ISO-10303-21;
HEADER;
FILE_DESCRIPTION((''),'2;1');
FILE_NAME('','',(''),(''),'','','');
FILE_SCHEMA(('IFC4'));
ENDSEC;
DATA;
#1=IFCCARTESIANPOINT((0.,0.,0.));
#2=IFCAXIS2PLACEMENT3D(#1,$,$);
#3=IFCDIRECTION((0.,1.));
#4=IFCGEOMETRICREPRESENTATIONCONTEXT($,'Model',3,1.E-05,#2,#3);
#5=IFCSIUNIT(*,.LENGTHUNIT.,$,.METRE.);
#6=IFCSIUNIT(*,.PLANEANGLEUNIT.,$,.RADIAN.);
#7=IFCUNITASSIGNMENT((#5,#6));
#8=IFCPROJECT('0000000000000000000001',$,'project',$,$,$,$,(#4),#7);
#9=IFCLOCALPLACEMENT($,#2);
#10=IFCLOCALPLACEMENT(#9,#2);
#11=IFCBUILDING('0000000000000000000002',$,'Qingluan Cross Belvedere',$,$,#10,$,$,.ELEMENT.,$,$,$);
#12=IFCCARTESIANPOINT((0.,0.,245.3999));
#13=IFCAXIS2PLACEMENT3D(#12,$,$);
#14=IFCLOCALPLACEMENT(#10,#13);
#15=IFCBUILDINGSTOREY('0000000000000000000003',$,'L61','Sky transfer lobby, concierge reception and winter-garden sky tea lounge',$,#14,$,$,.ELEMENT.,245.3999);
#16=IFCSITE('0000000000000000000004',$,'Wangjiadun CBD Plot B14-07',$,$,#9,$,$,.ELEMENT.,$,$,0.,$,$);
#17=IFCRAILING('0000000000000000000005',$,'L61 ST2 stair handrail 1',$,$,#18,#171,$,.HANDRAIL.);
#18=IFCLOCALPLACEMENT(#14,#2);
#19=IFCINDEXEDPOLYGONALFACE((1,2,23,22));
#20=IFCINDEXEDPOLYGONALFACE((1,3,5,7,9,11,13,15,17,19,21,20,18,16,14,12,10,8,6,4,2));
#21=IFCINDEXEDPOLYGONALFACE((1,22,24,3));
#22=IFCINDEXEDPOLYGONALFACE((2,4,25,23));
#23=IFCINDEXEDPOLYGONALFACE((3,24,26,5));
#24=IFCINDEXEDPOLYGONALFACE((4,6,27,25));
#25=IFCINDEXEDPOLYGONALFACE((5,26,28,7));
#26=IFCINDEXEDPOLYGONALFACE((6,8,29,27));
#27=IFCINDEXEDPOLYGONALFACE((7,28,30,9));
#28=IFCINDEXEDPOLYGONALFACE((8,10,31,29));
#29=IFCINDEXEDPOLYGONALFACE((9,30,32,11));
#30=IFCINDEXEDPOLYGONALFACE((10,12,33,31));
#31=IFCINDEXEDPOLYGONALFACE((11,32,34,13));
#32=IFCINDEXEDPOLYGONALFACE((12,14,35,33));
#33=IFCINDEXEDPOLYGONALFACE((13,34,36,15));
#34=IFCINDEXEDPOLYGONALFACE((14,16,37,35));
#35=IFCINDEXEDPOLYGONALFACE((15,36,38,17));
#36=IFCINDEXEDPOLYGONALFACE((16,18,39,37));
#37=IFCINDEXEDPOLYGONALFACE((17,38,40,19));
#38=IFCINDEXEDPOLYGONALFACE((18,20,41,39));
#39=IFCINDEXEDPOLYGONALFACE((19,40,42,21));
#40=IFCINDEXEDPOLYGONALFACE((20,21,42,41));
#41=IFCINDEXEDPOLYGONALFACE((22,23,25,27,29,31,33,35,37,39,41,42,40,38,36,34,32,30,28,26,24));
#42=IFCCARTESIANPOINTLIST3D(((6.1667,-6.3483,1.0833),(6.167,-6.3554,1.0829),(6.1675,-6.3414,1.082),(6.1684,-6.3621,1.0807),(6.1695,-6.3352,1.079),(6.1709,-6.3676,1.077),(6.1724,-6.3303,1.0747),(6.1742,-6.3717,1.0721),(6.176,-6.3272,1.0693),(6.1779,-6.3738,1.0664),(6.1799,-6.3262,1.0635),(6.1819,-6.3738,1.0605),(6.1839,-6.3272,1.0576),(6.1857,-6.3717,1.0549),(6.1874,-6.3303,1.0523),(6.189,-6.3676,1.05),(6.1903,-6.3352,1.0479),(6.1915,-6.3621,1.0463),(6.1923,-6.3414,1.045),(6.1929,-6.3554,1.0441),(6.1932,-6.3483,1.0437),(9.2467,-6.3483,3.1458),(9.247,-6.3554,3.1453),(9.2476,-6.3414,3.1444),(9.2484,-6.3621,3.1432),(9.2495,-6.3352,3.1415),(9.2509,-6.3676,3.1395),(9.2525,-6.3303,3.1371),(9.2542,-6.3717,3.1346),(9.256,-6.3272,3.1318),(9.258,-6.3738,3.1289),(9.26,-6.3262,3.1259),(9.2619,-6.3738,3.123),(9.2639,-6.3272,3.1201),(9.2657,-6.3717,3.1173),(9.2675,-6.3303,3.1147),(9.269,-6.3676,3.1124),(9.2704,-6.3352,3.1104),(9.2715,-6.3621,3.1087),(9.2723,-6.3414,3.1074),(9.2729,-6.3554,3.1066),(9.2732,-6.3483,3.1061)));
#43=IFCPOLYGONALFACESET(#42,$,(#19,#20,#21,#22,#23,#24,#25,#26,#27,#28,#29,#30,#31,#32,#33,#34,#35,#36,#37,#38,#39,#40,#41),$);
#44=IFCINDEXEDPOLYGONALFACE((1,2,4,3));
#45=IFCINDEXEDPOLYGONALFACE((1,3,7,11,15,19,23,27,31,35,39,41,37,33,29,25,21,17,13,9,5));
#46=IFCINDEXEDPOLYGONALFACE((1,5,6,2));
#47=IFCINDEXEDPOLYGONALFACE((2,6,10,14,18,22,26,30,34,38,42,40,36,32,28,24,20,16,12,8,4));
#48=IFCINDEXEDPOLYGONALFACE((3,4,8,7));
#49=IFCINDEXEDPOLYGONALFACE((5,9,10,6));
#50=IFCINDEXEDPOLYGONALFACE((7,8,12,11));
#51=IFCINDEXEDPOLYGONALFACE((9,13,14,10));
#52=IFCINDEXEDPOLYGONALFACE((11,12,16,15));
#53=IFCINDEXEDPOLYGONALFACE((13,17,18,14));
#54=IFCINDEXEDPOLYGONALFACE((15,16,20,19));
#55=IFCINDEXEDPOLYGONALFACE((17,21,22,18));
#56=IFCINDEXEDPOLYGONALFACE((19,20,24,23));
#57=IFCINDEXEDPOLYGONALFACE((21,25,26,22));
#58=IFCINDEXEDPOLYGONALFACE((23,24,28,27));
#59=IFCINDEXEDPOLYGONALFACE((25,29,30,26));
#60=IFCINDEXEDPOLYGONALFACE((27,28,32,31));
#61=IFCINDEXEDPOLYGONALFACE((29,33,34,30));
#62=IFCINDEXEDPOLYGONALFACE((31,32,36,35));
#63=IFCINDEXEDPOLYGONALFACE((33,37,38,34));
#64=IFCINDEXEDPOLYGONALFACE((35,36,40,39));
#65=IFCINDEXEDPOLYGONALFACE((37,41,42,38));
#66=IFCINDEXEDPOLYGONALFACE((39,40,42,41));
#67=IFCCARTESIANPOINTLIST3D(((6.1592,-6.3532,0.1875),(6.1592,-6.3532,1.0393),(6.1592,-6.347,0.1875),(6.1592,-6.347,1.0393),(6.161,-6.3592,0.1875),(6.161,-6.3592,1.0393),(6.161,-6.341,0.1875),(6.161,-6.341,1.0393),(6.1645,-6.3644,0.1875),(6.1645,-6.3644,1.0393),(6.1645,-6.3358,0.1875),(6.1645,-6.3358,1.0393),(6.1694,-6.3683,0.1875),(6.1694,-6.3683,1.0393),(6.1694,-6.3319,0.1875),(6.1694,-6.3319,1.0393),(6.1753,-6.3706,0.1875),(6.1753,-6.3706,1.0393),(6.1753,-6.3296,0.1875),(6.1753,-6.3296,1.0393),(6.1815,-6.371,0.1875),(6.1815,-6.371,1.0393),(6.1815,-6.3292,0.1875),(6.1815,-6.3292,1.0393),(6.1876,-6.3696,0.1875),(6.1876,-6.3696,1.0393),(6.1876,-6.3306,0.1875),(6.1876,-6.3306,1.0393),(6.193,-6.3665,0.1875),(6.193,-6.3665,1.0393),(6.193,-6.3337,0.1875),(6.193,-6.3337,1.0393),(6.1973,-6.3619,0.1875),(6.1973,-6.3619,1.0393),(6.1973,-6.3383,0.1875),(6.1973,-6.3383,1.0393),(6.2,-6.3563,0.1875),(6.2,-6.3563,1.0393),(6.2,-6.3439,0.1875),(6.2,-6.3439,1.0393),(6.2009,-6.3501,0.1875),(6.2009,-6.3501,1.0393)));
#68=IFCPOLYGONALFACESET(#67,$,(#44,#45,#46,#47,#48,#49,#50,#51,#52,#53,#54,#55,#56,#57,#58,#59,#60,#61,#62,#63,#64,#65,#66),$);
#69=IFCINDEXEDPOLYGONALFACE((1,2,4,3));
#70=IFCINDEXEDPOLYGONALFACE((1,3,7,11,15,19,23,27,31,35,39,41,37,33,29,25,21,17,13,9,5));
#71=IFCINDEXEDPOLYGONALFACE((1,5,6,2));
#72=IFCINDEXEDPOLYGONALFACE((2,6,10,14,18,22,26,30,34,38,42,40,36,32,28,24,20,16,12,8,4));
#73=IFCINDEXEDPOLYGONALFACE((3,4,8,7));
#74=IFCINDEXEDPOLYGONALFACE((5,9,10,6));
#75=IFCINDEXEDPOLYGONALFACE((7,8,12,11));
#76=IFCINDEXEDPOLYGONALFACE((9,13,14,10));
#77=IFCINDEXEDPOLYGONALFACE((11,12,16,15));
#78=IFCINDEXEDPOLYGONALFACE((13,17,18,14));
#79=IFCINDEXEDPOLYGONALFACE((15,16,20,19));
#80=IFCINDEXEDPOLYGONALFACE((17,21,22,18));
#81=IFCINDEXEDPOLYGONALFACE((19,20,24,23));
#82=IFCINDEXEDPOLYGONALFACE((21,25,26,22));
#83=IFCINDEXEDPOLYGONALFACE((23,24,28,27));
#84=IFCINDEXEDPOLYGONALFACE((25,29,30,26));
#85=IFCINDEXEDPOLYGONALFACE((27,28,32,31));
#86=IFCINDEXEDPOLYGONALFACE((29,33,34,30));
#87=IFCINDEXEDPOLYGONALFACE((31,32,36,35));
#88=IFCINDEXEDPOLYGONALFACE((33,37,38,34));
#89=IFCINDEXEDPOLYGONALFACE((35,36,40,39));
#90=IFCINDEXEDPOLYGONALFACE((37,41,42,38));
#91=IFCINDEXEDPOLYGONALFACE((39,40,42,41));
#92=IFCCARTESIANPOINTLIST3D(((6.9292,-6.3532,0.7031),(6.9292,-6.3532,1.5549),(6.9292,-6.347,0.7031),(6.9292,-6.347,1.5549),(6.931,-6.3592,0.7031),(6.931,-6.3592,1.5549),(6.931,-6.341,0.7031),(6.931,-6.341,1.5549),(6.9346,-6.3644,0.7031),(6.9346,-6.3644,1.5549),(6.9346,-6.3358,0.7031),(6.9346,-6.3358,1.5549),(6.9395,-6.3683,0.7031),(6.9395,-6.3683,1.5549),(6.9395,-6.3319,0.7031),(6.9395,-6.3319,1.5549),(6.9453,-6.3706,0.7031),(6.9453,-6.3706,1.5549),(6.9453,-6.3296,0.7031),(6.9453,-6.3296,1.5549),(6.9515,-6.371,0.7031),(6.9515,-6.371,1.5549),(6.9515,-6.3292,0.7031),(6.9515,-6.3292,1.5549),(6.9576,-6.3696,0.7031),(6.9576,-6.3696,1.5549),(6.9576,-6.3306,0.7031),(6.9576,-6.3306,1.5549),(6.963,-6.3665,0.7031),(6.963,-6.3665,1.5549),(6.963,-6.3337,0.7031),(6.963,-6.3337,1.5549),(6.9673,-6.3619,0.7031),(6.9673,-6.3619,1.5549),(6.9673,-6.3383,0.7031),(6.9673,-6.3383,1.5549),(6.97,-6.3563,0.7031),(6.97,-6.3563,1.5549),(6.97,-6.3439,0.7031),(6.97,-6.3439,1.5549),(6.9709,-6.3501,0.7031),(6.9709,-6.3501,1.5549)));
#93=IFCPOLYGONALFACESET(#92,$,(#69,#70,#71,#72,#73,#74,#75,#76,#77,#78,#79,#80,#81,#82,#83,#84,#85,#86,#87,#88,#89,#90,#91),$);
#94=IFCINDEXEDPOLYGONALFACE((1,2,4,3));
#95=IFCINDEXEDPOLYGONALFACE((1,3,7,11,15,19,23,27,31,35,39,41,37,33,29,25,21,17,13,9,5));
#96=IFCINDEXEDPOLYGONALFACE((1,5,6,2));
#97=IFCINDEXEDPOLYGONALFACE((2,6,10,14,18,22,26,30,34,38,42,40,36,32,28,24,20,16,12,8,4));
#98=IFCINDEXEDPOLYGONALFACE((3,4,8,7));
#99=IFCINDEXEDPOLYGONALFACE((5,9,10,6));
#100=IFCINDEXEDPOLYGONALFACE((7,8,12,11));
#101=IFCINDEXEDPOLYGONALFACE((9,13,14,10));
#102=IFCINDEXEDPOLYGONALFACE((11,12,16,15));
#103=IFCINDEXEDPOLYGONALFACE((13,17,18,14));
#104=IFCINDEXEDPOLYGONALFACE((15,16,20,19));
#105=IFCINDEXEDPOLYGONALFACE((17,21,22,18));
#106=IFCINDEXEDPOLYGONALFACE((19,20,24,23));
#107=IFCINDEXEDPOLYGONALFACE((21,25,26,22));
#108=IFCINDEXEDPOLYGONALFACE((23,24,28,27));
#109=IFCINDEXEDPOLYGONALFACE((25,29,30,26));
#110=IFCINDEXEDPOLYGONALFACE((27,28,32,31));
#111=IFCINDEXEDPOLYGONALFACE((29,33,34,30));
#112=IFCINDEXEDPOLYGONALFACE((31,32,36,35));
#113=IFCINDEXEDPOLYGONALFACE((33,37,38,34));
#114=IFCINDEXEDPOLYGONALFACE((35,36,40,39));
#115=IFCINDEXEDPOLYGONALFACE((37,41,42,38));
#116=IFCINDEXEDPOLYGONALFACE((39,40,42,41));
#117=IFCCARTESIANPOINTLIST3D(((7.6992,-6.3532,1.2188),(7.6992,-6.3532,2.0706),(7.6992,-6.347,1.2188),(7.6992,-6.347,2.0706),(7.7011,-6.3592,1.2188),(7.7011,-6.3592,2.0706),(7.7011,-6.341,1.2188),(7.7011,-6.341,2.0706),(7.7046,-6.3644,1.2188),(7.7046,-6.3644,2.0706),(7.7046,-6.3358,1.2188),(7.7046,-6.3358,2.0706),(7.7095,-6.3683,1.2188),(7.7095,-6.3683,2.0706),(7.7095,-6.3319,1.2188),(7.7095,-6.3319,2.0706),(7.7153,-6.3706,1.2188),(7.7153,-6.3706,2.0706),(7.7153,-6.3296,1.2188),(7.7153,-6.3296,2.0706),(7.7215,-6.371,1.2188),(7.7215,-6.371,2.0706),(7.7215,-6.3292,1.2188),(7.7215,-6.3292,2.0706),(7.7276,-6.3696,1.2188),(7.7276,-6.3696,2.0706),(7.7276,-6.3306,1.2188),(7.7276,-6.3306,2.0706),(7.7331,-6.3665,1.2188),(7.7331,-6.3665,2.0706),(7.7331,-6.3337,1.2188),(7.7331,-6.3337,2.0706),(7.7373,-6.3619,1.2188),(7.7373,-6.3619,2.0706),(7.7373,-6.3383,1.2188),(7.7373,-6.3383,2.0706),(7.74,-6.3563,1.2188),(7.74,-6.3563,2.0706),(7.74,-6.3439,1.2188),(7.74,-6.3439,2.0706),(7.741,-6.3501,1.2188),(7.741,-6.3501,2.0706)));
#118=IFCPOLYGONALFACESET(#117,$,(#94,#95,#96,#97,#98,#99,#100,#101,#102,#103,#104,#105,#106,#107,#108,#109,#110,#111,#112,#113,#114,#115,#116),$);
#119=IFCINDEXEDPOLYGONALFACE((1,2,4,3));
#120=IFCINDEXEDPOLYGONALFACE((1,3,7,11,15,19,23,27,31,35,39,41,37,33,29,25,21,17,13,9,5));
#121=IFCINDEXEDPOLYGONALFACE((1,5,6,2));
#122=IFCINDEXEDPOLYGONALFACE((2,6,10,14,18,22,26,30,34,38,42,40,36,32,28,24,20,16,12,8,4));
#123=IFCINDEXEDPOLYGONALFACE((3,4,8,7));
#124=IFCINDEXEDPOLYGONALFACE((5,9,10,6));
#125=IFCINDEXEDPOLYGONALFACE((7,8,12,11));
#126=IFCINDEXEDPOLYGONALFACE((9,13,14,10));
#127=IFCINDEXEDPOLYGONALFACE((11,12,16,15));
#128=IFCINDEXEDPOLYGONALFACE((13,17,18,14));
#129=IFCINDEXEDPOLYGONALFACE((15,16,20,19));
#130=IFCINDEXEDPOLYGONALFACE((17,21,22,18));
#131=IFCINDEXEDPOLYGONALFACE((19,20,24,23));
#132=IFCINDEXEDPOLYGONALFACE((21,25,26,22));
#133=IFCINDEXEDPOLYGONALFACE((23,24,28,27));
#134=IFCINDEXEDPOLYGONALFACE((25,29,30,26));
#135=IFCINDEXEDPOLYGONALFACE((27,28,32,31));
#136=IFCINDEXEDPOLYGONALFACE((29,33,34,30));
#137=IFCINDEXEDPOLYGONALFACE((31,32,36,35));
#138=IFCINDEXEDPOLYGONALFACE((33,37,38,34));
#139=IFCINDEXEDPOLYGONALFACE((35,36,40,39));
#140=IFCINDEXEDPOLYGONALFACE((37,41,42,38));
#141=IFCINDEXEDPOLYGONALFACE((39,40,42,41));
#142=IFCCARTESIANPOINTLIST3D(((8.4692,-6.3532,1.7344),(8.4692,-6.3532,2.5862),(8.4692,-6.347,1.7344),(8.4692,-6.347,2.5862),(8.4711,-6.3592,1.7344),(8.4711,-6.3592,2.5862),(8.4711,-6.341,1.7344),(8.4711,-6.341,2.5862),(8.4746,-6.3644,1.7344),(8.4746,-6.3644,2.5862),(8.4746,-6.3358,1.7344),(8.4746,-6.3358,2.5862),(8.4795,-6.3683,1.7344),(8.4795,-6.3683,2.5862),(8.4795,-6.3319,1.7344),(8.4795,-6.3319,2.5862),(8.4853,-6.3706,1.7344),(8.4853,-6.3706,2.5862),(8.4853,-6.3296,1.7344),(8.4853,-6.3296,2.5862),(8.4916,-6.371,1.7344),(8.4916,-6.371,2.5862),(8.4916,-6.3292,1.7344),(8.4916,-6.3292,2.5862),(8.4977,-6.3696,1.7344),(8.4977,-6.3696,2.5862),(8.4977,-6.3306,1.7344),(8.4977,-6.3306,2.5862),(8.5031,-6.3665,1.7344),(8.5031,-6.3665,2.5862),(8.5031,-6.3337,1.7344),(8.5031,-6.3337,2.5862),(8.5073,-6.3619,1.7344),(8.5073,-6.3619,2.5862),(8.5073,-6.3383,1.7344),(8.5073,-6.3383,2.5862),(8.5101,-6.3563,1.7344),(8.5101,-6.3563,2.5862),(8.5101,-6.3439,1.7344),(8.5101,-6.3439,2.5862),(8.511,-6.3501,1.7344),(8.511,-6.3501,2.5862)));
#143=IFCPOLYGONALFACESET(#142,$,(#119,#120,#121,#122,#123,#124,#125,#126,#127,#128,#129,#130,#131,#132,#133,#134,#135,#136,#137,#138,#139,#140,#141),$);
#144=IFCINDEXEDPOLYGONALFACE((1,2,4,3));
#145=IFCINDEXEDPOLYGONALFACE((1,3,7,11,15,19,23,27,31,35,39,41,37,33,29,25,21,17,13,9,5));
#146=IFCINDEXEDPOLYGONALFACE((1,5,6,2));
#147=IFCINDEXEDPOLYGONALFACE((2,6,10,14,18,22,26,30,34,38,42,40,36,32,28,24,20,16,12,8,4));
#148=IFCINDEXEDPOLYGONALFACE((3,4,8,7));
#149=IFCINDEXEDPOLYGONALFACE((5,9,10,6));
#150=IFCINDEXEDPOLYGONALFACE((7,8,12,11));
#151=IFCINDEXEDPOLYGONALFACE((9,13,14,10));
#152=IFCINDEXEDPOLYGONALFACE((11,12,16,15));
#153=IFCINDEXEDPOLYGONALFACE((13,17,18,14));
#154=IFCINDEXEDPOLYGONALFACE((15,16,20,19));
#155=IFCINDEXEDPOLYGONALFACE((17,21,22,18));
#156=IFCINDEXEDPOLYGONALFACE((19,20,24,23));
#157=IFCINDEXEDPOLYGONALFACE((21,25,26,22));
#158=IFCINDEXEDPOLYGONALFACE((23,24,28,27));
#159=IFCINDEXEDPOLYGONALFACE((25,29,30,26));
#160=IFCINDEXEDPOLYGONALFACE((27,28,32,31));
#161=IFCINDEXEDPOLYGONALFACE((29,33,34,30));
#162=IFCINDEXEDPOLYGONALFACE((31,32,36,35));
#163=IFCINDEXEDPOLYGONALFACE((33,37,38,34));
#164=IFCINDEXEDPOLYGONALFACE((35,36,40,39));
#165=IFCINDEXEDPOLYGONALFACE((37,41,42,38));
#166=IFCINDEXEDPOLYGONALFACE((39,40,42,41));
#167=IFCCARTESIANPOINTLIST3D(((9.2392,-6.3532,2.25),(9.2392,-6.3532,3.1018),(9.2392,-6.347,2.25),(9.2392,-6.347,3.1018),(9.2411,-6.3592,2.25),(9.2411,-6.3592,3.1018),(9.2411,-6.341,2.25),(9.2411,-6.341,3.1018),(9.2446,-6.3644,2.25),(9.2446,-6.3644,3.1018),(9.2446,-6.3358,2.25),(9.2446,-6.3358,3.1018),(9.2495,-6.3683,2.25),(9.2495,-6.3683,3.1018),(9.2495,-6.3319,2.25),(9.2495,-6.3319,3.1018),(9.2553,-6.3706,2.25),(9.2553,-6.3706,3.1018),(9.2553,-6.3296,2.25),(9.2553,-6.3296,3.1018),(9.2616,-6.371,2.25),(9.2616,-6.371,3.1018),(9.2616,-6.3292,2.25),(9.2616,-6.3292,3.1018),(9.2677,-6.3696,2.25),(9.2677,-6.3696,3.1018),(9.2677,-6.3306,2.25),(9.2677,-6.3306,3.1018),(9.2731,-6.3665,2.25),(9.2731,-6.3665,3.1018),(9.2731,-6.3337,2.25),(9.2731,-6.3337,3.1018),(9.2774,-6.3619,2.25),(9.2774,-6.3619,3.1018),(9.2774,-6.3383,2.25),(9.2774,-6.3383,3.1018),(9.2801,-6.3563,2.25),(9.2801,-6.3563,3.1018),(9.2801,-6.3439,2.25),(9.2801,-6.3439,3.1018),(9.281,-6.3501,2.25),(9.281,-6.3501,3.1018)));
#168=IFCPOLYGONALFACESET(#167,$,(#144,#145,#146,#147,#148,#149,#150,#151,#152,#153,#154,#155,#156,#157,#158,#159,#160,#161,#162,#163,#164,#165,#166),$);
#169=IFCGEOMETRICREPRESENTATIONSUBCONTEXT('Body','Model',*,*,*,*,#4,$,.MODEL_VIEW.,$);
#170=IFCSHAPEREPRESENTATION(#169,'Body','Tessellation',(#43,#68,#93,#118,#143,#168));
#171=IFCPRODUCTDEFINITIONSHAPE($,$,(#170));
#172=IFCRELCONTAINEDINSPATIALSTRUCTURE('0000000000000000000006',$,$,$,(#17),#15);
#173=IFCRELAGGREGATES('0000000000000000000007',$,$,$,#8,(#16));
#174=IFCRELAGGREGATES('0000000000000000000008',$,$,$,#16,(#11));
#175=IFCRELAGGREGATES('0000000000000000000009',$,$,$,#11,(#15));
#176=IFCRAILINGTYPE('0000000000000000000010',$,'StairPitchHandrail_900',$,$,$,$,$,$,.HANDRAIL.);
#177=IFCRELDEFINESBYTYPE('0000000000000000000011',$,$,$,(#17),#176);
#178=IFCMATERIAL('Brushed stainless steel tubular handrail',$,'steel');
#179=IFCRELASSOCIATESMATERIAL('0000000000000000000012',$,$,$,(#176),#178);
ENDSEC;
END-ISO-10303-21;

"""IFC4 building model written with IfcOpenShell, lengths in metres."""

from ifc_helpers import new_model, si_unit, direction, frame, origin, origin_2d, place, context, subcontext, project, spatial, circle, extrude, material, type_object, element, save


model = new_model("IFC4")

# Units and contexts
model_context = context("Model", 3, precision=1e-05, world=origin(), true_north=direction((0.0, 1.0)))
body_context = subcontext(model_context, "Body", "Model", "MODEL_VIEW")
ifc_project = project(units=[si_unit("LENGTHUNIT", "METRE"), si_unit("PLANEANGLEUNIT", "RADIAN")], contexts=[model_context])

# Site, building, storey
site_placement = place(None, origin())
site = spatial("IfcSite", under=ifc_project, at=site_placement, Name="Wangjiadun CBD Plot B14-07", CompositionType="ELEMENT", RefElevation=0.0)
building_placement = place(site_placement, origin())
building = spatial("IfcBuilding", under=site, at=building_placement, Name="Qingluan Cross Belvedere", CompositionType="ELEMENT")
storey_placement = place(building_placement, frame((0.0, 0.0, 245.3999)))
storey = spatial("IfcBuildingStorey", under=building, at=storey_placement, Name="L61", Description="Sky transfer lobby, concierge reception and winter-garden sky tea lounge", CompositionType="ELEMENT", Elevation=245.3999)

# Railing
ifc_material_1 = material(Name="Brushed stainless steel tubular handrail", Category="steel")
railing_type_1 = type_object("IfcRailingType", Name="StairPitchHandrail_900", PredefinedType="HANDRAIL", material=ifc_material_1)
railing_1_placement = place(storey_placement, frame((6.1799, -6.3501, 0.1875)))
element("IfcRailing", 1, at=railing_1_placement, inside=storey, type_object=railing_type_1, Name="L61 ST2 stair handrail 1", PredefinedType="HANDRAIL", context=body_context, shape_type="SweptSolid", body=[
    extrude(circle(Radius=0.0239, at=origin_2d()), frame((0.0, 0.0, 0.876), z_axis=(0.830914, 0.0, 0.556401), x_axis=(0.0, 1.0, 0.0)), (0.0, 0.0, 1.0), 3.7068),
    extrude(circle(Radius=0.021, at=origin_2d()), origin(), (0.0, 0.0, 1.0), 0.8518),
    extrude(circle(Radius=0.021, at=origin_2d()), frame((0.77, 0.0, 0.5156)), (0.0, 0.0, 1.0), 0.8518),
    extrude(circle(Radius=0.021, at=origin_2d()), frame((1.54, 0.0, 1.0312)), (0.0, 0.0, 1.0), 0.8518),
    extrude(circle(Radius=0.021, at=origin_2d()), frame((2.3101, 0.0, 1.5469)), (0.0, 0.0, 1.0), 0.8518),
    extrude(circle(Radius=0.021, at=origin_2d()), frame((3.0801, 0.0, 2.0625)), (0.0, 0.0, 1.0), 0.8518),
])

save(model, "model.ifc")
